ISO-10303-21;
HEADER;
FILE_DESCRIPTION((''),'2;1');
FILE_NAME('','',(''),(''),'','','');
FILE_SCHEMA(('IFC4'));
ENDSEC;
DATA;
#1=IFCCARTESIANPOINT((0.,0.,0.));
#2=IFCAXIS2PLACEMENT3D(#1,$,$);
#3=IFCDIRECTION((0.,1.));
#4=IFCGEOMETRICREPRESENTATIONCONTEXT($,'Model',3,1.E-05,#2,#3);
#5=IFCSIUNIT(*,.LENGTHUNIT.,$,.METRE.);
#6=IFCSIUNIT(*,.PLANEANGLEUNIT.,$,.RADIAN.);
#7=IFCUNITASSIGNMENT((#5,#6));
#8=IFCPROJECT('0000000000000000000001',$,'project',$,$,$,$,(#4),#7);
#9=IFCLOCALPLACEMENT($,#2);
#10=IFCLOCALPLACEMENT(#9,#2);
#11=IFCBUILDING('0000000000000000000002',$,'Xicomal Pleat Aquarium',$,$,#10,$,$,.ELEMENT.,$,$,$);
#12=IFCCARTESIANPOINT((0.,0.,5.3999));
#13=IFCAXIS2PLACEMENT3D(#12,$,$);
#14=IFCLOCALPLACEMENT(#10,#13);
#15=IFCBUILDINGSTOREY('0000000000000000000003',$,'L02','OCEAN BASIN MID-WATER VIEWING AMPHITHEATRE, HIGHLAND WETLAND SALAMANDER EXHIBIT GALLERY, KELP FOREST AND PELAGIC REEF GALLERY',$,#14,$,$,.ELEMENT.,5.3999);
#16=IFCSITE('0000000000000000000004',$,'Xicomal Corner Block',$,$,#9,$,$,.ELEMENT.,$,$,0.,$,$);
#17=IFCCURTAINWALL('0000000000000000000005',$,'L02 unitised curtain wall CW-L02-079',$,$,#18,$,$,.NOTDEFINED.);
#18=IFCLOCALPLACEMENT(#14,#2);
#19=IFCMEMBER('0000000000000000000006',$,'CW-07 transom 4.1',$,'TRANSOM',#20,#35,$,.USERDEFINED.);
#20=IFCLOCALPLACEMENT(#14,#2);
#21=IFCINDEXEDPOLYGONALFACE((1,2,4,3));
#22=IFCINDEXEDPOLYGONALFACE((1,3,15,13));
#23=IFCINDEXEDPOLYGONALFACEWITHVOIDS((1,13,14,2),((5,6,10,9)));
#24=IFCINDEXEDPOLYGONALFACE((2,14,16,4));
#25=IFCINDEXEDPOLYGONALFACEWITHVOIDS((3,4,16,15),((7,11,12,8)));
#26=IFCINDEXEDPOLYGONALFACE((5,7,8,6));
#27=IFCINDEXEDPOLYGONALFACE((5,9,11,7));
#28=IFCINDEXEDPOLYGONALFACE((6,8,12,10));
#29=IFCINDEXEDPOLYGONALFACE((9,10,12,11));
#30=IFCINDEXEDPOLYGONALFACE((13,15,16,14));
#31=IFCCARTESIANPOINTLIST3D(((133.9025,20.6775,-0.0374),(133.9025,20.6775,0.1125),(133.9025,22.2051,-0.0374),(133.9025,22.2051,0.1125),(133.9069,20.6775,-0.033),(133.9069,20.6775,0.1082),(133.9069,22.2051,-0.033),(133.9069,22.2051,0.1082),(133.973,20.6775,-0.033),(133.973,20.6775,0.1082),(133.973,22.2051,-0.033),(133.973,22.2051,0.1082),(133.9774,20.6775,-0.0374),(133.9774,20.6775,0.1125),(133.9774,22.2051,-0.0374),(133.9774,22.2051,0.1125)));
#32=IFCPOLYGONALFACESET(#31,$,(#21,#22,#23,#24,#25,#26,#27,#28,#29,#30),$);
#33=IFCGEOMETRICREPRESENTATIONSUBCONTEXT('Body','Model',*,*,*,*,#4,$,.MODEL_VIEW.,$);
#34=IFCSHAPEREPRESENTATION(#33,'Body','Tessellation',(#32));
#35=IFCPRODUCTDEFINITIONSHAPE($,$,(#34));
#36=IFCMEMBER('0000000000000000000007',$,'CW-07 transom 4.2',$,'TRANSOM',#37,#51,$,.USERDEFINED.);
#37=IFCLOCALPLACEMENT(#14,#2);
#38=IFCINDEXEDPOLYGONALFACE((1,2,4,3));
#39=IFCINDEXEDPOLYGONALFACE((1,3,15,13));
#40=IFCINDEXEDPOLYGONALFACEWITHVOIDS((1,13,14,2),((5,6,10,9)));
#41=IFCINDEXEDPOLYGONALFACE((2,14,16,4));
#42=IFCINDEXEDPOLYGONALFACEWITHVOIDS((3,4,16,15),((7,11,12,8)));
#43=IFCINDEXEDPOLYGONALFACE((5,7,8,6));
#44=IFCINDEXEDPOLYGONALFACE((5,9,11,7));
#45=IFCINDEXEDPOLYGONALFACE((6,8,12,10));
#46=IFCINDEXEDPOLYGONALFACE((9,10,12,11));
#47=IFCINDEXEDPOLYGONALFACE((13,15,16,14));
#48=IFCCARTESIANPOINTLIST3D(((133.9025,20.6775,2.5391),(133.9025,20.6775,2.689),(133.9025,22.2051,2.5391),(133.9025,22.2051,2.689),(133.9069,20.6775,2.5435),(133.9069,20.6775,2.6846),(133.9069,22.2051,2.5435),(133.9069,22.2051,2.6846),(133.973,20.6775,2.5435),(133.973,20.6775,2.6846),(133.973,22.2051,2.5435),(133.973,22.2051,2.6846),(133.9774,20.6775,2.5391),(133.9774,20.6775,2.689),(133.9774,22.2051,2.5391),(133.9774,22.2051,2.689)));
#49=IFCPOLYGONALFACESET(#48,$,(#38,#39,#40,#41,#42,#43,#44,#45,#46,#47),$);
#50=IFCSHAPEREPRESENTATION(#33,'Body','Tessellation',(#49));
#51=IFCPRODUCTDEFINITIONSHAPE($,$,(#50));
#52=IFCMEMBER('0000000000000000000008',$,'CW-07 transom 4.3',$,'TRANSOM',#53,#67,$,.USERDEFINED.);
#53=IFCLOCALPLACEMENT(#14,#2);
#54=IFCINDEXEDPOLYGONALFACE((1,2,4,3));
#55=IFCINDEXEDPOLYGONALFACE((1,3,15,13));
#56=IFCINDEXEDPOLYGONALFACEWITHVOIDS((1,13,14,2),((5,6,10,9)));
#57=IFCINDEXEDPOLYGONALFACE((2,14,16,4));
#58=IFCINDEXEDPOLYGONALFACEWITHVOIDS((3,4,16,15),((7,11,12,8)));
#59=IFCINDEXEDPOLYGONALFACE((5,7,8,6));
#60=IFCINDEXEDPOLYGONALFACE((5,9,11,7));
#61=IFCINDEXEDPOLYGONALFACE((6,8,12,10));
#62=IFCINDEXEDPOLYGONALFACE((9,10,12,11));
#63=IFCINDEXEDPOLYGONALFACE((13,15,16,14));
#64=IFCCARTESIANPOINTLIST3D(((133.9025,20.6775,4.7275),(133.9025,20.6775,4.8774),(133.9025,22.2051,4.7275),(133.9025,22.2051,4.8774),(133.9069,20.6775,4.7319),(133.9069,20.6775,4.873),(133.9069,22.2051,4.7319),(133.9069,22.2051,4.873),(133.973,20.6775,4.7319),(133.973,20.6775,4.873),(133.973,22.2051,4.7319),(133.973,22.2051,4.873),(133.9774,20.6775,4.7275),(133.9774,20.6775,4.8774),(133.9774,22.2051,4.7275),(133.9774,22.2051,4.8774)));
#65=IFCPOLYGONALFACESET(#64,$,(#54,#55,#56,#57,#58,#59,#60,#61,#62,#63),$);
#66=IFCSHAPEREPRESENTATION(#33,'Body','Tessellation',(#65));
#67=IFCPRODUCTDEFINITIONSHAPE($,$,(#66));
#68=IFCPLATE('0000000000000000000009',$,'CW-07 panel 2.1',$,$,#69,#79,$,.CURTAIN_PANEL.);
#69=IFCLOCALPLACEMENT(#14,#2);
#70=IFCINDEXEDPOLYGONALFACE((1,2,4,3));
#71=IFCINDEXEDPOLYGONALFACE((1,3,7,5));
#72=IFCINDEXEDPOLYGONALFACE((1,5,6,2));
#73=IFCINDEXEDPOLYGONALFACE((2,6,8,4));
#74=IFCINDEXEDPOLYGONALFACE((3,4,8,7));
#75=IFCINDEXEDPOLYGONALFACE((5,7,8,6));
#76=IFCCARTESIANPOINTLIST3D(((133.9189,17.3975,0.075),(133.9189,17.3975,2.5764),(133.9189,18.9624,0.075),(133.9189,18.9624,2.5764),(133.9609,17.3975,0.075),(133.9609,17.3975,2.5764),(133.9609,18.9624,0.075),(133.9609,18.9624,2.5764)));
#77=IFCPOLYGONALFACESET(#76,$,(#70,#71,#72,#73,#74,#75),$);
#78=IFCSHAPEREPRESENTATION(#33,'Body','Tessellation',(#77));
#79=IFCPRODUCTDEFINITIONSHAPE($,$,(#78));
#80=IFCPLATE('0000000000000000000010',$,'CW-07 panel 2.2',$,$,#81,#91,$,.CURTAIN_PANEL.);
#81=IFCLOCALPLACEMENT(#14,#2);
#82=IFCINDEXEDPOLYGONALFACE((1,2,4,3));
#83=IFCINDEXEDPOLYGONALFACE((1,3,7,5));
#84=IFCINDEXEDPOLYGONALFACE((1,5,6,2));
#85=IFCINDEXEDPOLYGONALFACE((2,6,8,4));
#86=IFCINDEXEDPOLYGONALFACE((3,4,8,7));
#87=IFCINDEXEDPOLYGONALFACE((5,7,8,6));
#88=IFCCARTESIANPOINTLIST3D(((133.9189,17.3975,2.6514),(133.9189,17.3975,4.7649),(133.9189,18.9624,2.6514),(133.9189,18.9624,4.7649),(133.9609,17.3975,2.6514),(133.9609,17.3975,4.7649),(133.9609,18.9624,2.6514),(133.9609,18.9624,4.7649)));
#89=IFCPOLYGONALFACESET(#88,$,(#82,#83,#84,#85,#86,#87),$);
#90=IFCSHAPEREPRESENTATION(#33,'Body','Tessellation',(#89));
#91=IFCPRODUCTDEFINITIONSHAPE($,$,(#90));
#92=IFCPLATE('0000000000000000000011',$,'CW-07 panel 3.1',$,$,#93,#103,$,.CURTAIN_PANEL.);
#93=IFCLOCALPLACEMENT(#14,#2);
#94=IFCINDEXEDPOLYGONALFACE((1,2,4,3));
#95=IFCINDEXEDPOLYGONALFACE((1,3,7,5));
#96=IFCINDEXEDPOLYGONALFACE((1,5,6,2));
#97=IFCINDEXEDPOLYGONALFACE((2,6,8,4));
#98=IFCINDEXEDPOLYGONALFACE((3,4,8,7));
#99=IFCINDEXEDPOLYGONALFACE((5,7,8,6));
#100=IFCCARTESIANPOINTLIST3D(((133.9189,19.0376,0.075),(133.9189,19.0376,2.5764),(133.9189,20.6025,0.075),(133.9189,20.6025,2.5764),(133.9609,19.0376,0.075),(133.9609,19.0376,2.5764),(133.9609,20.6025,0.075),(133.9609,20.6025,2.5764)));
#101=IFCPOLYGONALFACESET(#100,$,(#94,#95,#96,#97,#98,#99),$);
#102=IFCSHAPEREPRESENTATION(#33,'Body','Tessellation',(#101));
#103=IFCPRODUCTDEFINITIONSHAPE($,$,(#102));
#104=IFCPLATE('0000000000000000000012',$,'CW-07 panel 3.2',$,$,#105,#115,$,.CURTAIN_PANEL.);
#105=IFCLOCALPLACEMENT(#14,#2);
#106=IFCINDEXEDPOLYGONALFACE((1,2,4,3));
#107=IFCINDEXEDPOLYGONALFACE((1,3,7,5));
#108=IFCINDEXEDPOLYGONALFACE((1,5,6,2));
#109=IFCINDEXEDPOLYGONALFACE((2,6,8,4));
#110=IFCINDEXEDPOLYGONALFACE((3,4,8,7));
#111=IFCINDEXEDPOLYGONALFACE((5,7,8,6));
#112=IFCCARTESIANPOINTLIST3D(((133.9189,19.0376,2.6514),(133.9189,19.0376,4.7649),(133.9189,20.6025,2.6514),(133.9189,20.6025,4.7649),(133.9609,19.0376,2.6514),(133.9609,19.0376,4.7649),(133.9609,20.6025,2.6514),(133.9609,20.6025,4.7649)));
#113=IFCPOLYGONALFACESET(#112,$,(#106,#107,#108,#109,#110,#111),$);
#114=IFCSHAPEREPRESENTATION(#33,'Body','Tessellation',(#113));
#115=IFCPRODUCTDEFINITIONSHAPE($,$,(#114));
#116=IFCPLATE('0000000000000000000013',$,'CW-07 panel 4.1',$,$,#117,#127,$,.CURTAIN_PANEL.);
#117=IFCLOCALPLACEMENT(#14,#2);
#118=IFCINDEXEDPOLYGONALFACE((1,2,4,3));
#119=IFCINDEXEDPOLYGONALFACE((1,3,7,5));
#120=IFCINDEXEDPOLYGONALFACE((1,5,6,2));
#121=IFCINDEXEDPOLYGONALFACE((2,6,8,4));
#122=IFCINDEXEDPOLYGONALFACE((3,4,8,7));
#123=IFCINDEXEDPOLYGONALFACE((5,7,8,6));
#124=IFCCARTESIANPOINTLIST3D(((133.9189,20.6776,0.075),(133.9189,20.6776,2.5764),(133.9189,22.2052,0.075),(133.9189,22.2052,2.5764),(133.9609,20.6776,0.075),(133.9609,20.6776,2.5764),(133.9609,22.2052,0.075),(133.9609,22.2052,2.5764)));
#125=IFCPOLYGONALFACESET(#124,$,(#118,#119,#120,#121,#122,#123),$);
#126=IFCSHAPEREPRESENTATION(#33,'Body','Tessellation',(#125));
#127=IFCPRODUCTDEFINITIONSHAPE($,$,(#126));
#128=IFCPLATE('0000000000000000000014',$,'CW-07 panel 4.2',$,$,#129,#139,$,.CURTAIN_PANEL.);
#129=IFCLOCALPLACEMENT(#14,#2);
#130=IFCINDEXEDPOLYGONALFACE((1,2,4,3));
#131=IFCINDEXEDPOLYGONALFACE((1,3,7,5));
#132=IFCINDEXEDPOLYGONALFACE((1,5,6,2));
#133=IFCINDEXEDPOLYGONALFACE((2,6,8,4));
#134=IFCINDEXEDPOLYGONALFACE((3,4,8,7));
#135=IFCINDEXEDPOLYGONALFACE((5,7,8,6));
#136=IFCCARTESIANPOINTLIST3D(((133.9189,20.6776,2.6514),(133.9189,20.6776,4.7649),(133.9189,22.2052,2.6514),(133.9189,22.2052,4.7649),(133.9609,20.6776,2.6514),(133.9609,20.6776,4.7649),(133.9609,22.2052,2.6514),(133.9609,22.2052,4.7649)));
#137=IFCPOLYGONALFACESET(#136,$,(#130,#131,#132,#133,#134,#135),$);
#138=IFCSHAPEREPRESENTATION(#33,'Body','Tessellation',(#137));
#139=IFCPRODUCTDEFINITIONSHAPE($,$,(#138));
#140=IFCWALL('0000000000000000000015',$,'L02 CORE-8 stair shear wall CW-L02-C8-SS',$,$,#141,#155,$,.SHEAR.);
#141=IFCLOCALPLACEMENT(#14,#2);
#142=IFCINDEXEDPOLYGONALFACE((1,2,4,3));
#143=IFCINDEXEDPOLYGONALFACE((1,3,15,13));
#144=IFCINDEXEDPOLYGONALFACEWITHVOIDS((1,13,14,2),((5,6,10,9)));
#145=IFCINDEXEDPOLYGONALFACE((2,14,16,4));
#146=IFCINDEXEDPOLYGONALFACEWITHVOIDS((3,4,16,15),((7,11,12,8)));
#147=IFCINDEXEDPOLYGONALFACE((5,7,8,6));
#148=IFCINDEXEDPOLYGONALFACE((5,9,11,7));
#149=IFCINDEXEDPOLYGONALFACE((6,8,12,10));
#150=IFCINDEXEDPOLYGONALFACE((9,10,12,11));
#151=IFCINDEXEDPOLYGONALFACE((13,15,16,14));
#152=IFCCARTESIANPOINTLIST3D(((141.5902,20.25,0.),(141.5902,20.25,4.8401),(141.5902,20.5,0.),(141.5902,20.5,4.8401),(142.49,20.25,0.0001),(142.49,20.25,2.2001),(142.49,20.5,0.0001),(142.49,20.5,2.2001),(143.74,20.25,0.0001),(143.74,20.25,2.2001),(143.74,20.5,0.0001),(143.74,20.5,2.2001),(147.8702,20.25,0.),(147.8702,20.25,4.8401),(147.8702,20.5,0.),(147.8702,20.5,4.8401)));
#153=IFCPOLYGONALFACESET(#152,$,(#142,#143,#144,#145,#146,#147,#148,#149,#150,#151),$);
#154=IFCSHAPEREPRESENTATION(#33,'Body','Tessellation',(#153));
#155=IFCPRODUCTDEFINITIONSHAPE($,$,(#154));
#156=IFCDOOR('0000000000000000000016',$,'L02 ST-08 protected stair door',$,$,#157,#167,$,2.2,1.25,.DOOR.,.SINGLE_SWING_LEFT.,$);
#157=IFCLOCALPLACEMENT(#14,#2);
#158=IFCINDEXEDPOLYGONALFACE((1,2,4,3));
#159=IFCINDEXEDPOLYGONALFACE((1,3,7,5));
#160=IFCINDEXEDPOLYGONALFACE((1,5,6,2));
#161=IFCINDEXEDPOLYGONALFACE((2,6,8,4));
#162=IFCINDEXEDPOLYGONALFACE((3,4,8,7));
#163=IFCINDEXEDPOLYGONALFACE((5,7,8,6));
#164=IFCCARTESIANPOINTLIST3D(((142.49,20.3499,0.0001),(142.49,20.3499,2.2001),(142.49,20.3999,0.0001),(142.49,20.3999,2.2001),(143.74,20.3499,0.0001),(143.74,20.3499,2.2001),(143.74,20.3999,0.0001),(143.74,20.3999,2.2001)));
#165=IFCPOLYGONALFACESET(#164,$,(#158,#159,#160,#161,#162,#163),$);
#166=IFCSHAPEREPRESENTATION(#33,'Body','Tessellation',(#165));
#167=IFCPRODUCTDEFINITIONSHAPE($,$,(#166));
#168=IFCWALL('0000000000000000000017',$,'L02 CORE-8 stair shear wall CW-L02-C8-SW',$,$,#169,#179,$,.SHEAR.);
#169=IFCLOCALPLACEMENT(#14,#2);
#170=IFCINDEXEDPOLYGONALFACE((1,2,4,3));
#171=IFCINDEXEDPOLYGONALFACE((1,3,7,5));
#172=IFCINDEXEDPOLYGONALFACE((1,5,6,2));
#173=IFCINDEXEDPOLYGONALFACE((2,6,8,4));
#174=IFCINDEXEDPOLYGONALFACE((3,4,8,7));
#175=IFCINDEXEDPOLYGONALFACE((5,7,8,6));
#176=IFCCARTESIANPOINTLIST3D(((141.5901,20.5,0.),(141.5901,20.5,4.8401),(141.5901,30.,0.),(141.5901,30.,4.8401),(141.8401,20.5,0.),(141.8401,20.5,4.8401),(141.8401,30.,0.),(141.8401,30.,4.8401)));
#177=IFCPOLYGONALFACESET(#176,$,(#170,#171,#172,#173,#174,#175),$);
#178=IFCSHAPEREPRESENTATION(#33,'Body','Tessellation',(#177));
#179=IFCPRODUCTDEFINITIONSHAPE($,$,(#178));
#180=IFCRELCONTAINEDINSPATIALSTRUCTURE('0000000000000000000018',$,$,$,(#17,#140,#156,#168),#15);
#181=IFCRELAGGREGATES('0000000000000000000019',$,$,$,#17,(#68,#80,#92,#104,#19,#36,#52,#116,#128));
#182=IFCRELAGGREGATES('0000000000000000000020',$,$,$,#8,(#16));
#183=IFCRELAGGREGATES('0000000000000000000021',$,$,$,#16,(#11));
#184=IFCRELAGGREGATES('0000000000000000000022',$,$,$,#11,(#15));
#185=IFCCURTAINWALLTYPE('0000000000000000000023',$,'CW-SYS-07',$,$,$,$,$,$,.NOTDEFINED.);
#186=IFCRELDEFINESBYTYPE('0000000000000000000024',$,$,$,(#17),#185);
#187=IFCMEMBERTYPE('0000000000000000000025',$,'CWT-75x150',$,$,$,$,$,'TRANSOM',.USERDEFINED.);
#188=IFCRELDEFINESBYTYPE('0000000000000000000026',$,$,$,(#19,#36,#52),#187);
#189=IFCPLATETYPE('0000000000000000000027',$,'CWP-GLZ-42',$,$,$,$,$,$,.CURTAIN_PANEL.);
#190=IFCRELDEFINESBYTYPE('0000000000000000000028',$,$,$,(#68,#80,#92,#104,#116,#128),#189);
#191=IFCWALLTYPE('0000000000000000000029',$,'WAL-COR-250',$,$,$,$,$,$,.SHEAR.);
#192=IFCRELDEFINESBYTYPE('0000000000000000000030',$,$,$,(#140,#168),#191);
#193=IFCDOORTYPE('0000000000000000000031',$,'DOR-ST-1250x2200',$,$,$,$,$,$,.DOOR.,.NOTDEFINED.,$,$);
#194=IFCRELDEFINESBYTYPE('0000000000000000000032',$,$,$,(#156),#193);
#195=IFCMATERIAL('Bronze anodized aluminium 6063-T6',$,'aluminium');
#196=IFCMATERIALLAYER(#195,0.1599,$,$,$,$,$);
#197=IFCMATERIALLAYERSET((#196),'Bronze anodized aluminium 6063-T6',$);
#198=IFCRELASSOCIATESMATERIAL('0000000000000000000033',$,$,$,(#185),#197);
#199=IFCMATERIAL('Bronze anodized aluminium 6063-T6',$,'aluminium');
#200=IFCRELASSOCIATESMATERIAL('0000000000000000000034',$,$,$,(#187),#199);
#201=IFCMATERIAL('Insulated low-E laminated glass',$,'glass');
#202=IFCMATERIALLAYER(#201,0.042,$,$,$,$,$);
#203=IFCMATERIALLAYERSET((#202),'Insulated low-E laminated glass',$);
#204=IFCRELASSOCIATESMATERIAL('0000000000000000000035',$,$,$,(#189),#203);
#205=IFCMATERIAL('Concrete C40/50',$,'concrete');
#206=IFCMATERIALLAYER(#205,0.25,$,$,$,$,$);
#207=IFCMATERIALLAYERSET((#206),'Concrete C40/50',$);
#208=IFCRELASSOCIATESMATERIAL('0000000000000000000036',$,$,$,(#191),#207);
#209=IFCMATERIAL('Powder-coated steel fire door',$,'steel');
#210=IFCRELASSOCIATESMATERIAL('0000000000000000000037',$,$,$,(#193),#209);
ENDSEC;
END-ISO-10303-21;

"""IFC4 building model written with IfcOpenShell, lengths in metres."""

from ifc_helpers import new_model, si_unit, direction, frame, frame_2d, origin, origin_2d, place, context, subcontext, project, spatial, rectangle, hollow_rectangle, extrude, material, layer, layer_set, material_profile, profile_set, type_object, element, fill, aggregate, save


model = new_model("IFC4")

# Units and contexts
model_context = context("Model", 3, precision=1e-05, world=origin(), true_north=direction((0.0, 1.0)))
body_context = subcontext(model_context, "Body", "Model", "MODEL_VIEW")
ifc_project = project(units=[si_unit("LENGTHUNIT", "METRE"), si_unit("PLANEANGLEUNIT", "RADIAN")], contexts=[model_context])

# Site, building, storey
site_placement = place(None, origin())
site = spatial("IfcSite", under=ifc_project, at=site_placement, Name="Xicomal Corner Block", CompositionType="ELEMENT", RefElevation=0.0)
building_placement = place(site_placement, origin())
building = spatial("IfcBuilding", under=site, at=building_placement, Name="Xicomal Pleat Aquarium", CompositionType="ELEMENT")
storey_placement = place(building_placement, frame((0.0, 0.0, 5.3999)))
storey = spatial("IfcBuildingStorey", under=building, at=storey_placement, Name="L02", Description="OCEAN BASIN MID-WATER VIEWING AMPHITHEATRE, HIGHLAND WETLAND SALAMANDER EXHIBIT GALLERY, KELP FOREST AND PELAGIC REEF GALLERY", CompositionType="ELEMENT", Elevation=5.3999)

# Curtain wall, members, plates
ifc_material_1 = material(Name="Bronze anodized aluminium 6063-T6", Category="aluminium")
ifc_layer_1 = layer(ifc_material_1, 0.1599)
ifc_layer_set_1 = layer_set([ifc_layer_1], Name="Bronze anodized aluminium 6063-T6")
curtain_wall_type = type_object("IfcCurtainWallType", Name="CW-SYS-07", PredefinedType="NOTDEFINED", material=ifc_layer_set_1)
curtain_wall_placement = place(storey_placement, origin())
curtain_wall = element("IfcCurtainWall", 1, at=curtain_wall_placement, inside=storey, type_object=curtain_wall_type, Name="L02 unitised curtain wall CW-L02-079", PredefinedType="NOTDEFINED")
ifc_material_2 = material(Name="Bronze anodized aluminium 6063-T6", Category="aluminium")
ifc_material_profile_1 = material_profile(ifc_material_2, hollow_rectangle(XDim=0.075, YDim=0.1499, WallThickness=0.0044, at=origin_2d()), Name="ALU TRAN 75x150")
ifc_profile_set_1 = profile_set([ifc_material_profile_1], Name="Bronze anodized aluminium 6063-T6")
member_type_1 = type_object("IfcMemberType", Name="CWT-75x150", ElementType="TRANSOM", PredefinedType="USERDEFINED", material=ifc_profile_set_1)
member_1_placement = place(storey_placement, frame((133.9399, 20.6775, 0.0376), z_axis=(0.0, 1.0, 0.0), x_axis=(-1.0, 0.0, 0.0)))
member_1 = element("IfcMember", 2, at=member_1_placement, type_object=member_type_1, Name="CW-07 transom 4.1", ObjectType="TRANSOM", PredefinedType="USERDEFINED", context=body_context, shape_type="SweptSolid", body=[
    extrude(hollow_rectangle(XDim=0.075, YDim=0.1499, WallThickness=0.0044, at=origin_2d()), origin(), (0.0, 0.0, 1.0), 1.5276),
])
member_2_placement = place(storey_placement, frame((133.9399, 20.6775, 2.614), z_axis=(0.0, 1.0, 0.0), x_axis=(-1.0, 0.0, 0.0)))
member_2 = element("IfcMember", 3, at=member_2_placement, type_object=member_type_1, Name="CW-07 transom 4.2", ObjectType="TRANSOM", PredefinedType="USERDEFINED", context=body_context, shape_type="SweptSolid", body=[
    extrude(hollow_rectangle(XDim=0.075, YDim=0.1499, WallThickness=0.0044, at=origin_2d()), origin(), (0.0, 0.0, 1.0), 1.5276),
])
member_3_placement = place(storey_placement, frame((133.9399, 20.6775, 4.8025), z_axis=(0.0, 1.0, 0.0), x_axis=(-1.0, 0.0, 0.0)))
member_3 = element("IfcMember", 4, at=member_3_placement, type_object=member_type_1, Name="CW-07 transom 4.3", ObjectType="TRANSOM", PredefinedType="USERDEFINED", context=body_context, shape_type="SweptSolid", body=[
    extrude(hollow_rectangle(XDim=0.075, YDim=0.1499, WallThickness=0.0044, at=origin_2d()), origin(), (0.0, 0.0, 1.0), 1.5276),
])
ifc_material_3 = material(Name="Insulated low-E laminated glass", Category="glass")
ifc_layer_2 = layer(ifc_material_3, 0.042)
ifc_layer_set_2 = layer_set([ifc_layer_2], Name="Insulated low-E laminated glass")
plate_type = type_object("IfcPlateType", Name="CWP-GLZ-42", PredefinedType="CURTAIN_PANEL", material=ifc_layer_set_2)
plate_1_placement = place(storey_placement, frame((133.9399, 18.1799, 0.075), z_axis=(0.0, 0.0, 1.0), x_axis=(0.0, 1.0, 0.0)))
plate_1 = element("IfcPlate", 5, at=plate_1_placement, type_object=plate_type, Name="CW-07 panel 2.1", PredefinedType="CURTAIN_PANEL", context=body_context, shape_type="SweptSolid", body=[
    extrude(rectangle(XDim=1.5649, YDim=0.042, at=origin_2d()), origin(), (0.0, 0.0, 1.0), 2.5015),
])
plate_2_placement = place(storey_placement, frame((133.9399, 18.1799, 2.6514), z_axis=(0.0, 0.0, 1.0), x_axis=(0.0, 1.0, 0.0)))
plate_2 = element("IfcPlate", 6, at=plate_2_placement, type_object=plate_type, Name="CW-07 panel 2.2", PredefinedType="CURTAIN_PANEL", context=body_context, shape_type="SweptSolid", body=[
    extrude(rectangle(XDim=1.5649, YDim=0.042, at=origin_2d()), origin(), (0.0, 0.0, 1.0), 2.1135),
])
plate_3_placement = place(storey_placement, frame((133.9399, 19.8201, 0.075), z_axis=(0.0, 0.0, 1.0), x_axis=(0.0, 1.0, 0.0)))
plate_3 = element("IfcPlate", 7, at=plate_3_placement, type_object=plate_type, Name="CW-07 panel 3.1", PredefinedType="CURTAIN_PANEL", context=body_context, shape_type="SweptSolid", body=[
    extrude(rectangle(XDim=1.5649, YDim=0.042, at=origin_2d()), origin(), (0.0, 0.0, 1.0), 2.5015),
])
plate_4_placement = place(storey_placement, frame((133.9399, 19.8201, 2.6514), z_axis=(0.0, 0.0, 1.0), x_axis=(0.0, 1.0, 0.0)))
plate_4 = element("IfcPlate", 8, at=plate_4_placement, type_object=plate_type, Name="CW-07 panel 3.2", PredefinedType="CURTAIN_PANEL", context=body_context, shape_type="SweptSolid", body=[
    extrude(rectangle(XDim=1.5649, YDim=0.042, at=origin_2d()), origin(), (0.0, 0.0, 1.0), 2.1135),
])
plate_5_placement = place(storey_placement, frame((133.9399, 21.4414, 0.075), z_axis=(0.0, 0.0, 1.0), x_axis=(0.0, 1.0, 0.0)))
plate_5 = element("IfcPlate", 9, at=plate_5_placement, type_object=plate_type, Name="CW-07 panel 4.1", PredefinedType="CURTAIN_PANEL", context=body_context, shape_type="SweptSolid", body=[
    extrude(rectangle(XDim=1.5276, YDim=0.042, at=origin_2d()), origin(), (0.0, 0.0, 1.0), 2.5015),
])
plate_6_placement = place(storey_placement, frame((133.9399, 21.4414, 2.6514), z_axis=(0.0, 0.0, 1.0), x_axis=(0.0, 1.0, 0.0)))
plate_6 = element("IfcPlate", 10, at=plate_6_placement, type_object=plate_type, Name="CW-07 panel 4.2", PredefinedType="CURTAIN_PANEL", context=body_context, shape_type="SweptSolid", body=[
    extrude(rectangle(XDim=1.5276, YDim=0.042, at=origin_2d()), origin(), (0.0, 0.0, 1.0), 2.1135),
])
aggregate(curtain_wall, [plate_1, plate_2, plate_3, plate_4, member_1, member_2, member_3, plate_5, plate_6])

# Wall, opening, door
ifc_material_4 = material(Name="Concrete C40/50", Category="concrete")
ifc_layer_3 = layer(ifc_material_4, 0.25)
ifc_layer_set_3 = layer_set([ifc_layer_3], Name="Concrete C40/50")
wall_type = type_object("IfcWallType", Name="WAL-COR-250", PredefinedType="SHEAR", material=ifc_layer_set_3)
wall_1_placement = place(storey_placement, frame((141.5901, 20.375, 0.0), z_axis=(0.0, 0.0, 1.0), x_axis=(1.0, 0.0, 0.0)))
wall_1 = element("IfcWall", 11, at=wall_1_placement, inside=storey, type_object=wall_type, Name="L02 CORE-8 stair shear wall CW-L02-C8-SS", PredefinedType="SHEAR", context=body_context, shape_type="SweptSolid", body=[
    extrude(rectangle(XDim=6.28, YDim=0.25, at=frame_2d((3.1401, 0.0))), origin(), (0.0, 0.0, 1.0), 4.8401),
])
opening_placement = place(wall_1_placement, frame((0.8999, 0.0, 0.0)))
opening = element("IfcOpeningElement", 12, at=opening_placement, cuts=wall_1, PredefinedType="OPENING", context=body_context, shape_type="SweptSolid", body=[
    extrude(rectangle(XDim=1.25, YDim=2.2, at=frame_2d((0.625, 1.1001))), frame((0.0, 0.135, 0.0), z_axis=(0.0, -1.0, 0.0), x_axis=(1.0, 0.0, 0.0)), (0.0, 0.0, 1.0), 0.27),
])
ifc_material_5 = material(Name="Powder-coated steel fire door", Category="steel")
door_type = type_object("IfcDoorType", Name="DOR-ST-1250x2200", OperationType="NOTDEFINED", PredefinedType="DOOR", material=ifc_material_5)
door_placement = place(opening_placement, origin())
door = element("IfcDoor", 13, at=door_placement, inside=storey, type_object=door_type, Name="L02 ST-08 protected stair door", OperationType="SINGLE_SWING_LEFT", OverallHeight=2.2, OverallWidth=1.25, PredefinedType="DOOR", context=body_context, shape_type="SweptSolid", body=[
    extrude(rectangle(XDim=1.25, YDim=2.2, at=frame_2d((0.625, 1.1001))), frame((0.0, 0.0249, 0.0), z_axis=(0.0, -1.0, 0.0), x_axis=(1.0, 0.0, 0.0)), (0.0, 0.0, 1.0), 0.05),
])
fill(opening, door)

# Wall
wall_2_placement = place(storey_placement, frame((141.7151, 20.5, 0.0), z_axis=(0.0, 0.0, 1.0), x_axis=(0.0, 1.0, 0.0)))
element("IfcWall", 14, at=wall_2_placement, inside=storey, type_object=wall_type, Name="L02 CORE-8 stair shear wall CW-L02-C8-SW", PredefinedType="SHEAR", context=body_context, shape_type="SweptSolid", body=[
    extrude(rectangle(XDim=9.5, YDim=0.25, at=frame_2d((4.75, 0.0))), origin(), (0.0, 0.0, 1.0), 4.8401),
])

save(model, "model.ifc")
